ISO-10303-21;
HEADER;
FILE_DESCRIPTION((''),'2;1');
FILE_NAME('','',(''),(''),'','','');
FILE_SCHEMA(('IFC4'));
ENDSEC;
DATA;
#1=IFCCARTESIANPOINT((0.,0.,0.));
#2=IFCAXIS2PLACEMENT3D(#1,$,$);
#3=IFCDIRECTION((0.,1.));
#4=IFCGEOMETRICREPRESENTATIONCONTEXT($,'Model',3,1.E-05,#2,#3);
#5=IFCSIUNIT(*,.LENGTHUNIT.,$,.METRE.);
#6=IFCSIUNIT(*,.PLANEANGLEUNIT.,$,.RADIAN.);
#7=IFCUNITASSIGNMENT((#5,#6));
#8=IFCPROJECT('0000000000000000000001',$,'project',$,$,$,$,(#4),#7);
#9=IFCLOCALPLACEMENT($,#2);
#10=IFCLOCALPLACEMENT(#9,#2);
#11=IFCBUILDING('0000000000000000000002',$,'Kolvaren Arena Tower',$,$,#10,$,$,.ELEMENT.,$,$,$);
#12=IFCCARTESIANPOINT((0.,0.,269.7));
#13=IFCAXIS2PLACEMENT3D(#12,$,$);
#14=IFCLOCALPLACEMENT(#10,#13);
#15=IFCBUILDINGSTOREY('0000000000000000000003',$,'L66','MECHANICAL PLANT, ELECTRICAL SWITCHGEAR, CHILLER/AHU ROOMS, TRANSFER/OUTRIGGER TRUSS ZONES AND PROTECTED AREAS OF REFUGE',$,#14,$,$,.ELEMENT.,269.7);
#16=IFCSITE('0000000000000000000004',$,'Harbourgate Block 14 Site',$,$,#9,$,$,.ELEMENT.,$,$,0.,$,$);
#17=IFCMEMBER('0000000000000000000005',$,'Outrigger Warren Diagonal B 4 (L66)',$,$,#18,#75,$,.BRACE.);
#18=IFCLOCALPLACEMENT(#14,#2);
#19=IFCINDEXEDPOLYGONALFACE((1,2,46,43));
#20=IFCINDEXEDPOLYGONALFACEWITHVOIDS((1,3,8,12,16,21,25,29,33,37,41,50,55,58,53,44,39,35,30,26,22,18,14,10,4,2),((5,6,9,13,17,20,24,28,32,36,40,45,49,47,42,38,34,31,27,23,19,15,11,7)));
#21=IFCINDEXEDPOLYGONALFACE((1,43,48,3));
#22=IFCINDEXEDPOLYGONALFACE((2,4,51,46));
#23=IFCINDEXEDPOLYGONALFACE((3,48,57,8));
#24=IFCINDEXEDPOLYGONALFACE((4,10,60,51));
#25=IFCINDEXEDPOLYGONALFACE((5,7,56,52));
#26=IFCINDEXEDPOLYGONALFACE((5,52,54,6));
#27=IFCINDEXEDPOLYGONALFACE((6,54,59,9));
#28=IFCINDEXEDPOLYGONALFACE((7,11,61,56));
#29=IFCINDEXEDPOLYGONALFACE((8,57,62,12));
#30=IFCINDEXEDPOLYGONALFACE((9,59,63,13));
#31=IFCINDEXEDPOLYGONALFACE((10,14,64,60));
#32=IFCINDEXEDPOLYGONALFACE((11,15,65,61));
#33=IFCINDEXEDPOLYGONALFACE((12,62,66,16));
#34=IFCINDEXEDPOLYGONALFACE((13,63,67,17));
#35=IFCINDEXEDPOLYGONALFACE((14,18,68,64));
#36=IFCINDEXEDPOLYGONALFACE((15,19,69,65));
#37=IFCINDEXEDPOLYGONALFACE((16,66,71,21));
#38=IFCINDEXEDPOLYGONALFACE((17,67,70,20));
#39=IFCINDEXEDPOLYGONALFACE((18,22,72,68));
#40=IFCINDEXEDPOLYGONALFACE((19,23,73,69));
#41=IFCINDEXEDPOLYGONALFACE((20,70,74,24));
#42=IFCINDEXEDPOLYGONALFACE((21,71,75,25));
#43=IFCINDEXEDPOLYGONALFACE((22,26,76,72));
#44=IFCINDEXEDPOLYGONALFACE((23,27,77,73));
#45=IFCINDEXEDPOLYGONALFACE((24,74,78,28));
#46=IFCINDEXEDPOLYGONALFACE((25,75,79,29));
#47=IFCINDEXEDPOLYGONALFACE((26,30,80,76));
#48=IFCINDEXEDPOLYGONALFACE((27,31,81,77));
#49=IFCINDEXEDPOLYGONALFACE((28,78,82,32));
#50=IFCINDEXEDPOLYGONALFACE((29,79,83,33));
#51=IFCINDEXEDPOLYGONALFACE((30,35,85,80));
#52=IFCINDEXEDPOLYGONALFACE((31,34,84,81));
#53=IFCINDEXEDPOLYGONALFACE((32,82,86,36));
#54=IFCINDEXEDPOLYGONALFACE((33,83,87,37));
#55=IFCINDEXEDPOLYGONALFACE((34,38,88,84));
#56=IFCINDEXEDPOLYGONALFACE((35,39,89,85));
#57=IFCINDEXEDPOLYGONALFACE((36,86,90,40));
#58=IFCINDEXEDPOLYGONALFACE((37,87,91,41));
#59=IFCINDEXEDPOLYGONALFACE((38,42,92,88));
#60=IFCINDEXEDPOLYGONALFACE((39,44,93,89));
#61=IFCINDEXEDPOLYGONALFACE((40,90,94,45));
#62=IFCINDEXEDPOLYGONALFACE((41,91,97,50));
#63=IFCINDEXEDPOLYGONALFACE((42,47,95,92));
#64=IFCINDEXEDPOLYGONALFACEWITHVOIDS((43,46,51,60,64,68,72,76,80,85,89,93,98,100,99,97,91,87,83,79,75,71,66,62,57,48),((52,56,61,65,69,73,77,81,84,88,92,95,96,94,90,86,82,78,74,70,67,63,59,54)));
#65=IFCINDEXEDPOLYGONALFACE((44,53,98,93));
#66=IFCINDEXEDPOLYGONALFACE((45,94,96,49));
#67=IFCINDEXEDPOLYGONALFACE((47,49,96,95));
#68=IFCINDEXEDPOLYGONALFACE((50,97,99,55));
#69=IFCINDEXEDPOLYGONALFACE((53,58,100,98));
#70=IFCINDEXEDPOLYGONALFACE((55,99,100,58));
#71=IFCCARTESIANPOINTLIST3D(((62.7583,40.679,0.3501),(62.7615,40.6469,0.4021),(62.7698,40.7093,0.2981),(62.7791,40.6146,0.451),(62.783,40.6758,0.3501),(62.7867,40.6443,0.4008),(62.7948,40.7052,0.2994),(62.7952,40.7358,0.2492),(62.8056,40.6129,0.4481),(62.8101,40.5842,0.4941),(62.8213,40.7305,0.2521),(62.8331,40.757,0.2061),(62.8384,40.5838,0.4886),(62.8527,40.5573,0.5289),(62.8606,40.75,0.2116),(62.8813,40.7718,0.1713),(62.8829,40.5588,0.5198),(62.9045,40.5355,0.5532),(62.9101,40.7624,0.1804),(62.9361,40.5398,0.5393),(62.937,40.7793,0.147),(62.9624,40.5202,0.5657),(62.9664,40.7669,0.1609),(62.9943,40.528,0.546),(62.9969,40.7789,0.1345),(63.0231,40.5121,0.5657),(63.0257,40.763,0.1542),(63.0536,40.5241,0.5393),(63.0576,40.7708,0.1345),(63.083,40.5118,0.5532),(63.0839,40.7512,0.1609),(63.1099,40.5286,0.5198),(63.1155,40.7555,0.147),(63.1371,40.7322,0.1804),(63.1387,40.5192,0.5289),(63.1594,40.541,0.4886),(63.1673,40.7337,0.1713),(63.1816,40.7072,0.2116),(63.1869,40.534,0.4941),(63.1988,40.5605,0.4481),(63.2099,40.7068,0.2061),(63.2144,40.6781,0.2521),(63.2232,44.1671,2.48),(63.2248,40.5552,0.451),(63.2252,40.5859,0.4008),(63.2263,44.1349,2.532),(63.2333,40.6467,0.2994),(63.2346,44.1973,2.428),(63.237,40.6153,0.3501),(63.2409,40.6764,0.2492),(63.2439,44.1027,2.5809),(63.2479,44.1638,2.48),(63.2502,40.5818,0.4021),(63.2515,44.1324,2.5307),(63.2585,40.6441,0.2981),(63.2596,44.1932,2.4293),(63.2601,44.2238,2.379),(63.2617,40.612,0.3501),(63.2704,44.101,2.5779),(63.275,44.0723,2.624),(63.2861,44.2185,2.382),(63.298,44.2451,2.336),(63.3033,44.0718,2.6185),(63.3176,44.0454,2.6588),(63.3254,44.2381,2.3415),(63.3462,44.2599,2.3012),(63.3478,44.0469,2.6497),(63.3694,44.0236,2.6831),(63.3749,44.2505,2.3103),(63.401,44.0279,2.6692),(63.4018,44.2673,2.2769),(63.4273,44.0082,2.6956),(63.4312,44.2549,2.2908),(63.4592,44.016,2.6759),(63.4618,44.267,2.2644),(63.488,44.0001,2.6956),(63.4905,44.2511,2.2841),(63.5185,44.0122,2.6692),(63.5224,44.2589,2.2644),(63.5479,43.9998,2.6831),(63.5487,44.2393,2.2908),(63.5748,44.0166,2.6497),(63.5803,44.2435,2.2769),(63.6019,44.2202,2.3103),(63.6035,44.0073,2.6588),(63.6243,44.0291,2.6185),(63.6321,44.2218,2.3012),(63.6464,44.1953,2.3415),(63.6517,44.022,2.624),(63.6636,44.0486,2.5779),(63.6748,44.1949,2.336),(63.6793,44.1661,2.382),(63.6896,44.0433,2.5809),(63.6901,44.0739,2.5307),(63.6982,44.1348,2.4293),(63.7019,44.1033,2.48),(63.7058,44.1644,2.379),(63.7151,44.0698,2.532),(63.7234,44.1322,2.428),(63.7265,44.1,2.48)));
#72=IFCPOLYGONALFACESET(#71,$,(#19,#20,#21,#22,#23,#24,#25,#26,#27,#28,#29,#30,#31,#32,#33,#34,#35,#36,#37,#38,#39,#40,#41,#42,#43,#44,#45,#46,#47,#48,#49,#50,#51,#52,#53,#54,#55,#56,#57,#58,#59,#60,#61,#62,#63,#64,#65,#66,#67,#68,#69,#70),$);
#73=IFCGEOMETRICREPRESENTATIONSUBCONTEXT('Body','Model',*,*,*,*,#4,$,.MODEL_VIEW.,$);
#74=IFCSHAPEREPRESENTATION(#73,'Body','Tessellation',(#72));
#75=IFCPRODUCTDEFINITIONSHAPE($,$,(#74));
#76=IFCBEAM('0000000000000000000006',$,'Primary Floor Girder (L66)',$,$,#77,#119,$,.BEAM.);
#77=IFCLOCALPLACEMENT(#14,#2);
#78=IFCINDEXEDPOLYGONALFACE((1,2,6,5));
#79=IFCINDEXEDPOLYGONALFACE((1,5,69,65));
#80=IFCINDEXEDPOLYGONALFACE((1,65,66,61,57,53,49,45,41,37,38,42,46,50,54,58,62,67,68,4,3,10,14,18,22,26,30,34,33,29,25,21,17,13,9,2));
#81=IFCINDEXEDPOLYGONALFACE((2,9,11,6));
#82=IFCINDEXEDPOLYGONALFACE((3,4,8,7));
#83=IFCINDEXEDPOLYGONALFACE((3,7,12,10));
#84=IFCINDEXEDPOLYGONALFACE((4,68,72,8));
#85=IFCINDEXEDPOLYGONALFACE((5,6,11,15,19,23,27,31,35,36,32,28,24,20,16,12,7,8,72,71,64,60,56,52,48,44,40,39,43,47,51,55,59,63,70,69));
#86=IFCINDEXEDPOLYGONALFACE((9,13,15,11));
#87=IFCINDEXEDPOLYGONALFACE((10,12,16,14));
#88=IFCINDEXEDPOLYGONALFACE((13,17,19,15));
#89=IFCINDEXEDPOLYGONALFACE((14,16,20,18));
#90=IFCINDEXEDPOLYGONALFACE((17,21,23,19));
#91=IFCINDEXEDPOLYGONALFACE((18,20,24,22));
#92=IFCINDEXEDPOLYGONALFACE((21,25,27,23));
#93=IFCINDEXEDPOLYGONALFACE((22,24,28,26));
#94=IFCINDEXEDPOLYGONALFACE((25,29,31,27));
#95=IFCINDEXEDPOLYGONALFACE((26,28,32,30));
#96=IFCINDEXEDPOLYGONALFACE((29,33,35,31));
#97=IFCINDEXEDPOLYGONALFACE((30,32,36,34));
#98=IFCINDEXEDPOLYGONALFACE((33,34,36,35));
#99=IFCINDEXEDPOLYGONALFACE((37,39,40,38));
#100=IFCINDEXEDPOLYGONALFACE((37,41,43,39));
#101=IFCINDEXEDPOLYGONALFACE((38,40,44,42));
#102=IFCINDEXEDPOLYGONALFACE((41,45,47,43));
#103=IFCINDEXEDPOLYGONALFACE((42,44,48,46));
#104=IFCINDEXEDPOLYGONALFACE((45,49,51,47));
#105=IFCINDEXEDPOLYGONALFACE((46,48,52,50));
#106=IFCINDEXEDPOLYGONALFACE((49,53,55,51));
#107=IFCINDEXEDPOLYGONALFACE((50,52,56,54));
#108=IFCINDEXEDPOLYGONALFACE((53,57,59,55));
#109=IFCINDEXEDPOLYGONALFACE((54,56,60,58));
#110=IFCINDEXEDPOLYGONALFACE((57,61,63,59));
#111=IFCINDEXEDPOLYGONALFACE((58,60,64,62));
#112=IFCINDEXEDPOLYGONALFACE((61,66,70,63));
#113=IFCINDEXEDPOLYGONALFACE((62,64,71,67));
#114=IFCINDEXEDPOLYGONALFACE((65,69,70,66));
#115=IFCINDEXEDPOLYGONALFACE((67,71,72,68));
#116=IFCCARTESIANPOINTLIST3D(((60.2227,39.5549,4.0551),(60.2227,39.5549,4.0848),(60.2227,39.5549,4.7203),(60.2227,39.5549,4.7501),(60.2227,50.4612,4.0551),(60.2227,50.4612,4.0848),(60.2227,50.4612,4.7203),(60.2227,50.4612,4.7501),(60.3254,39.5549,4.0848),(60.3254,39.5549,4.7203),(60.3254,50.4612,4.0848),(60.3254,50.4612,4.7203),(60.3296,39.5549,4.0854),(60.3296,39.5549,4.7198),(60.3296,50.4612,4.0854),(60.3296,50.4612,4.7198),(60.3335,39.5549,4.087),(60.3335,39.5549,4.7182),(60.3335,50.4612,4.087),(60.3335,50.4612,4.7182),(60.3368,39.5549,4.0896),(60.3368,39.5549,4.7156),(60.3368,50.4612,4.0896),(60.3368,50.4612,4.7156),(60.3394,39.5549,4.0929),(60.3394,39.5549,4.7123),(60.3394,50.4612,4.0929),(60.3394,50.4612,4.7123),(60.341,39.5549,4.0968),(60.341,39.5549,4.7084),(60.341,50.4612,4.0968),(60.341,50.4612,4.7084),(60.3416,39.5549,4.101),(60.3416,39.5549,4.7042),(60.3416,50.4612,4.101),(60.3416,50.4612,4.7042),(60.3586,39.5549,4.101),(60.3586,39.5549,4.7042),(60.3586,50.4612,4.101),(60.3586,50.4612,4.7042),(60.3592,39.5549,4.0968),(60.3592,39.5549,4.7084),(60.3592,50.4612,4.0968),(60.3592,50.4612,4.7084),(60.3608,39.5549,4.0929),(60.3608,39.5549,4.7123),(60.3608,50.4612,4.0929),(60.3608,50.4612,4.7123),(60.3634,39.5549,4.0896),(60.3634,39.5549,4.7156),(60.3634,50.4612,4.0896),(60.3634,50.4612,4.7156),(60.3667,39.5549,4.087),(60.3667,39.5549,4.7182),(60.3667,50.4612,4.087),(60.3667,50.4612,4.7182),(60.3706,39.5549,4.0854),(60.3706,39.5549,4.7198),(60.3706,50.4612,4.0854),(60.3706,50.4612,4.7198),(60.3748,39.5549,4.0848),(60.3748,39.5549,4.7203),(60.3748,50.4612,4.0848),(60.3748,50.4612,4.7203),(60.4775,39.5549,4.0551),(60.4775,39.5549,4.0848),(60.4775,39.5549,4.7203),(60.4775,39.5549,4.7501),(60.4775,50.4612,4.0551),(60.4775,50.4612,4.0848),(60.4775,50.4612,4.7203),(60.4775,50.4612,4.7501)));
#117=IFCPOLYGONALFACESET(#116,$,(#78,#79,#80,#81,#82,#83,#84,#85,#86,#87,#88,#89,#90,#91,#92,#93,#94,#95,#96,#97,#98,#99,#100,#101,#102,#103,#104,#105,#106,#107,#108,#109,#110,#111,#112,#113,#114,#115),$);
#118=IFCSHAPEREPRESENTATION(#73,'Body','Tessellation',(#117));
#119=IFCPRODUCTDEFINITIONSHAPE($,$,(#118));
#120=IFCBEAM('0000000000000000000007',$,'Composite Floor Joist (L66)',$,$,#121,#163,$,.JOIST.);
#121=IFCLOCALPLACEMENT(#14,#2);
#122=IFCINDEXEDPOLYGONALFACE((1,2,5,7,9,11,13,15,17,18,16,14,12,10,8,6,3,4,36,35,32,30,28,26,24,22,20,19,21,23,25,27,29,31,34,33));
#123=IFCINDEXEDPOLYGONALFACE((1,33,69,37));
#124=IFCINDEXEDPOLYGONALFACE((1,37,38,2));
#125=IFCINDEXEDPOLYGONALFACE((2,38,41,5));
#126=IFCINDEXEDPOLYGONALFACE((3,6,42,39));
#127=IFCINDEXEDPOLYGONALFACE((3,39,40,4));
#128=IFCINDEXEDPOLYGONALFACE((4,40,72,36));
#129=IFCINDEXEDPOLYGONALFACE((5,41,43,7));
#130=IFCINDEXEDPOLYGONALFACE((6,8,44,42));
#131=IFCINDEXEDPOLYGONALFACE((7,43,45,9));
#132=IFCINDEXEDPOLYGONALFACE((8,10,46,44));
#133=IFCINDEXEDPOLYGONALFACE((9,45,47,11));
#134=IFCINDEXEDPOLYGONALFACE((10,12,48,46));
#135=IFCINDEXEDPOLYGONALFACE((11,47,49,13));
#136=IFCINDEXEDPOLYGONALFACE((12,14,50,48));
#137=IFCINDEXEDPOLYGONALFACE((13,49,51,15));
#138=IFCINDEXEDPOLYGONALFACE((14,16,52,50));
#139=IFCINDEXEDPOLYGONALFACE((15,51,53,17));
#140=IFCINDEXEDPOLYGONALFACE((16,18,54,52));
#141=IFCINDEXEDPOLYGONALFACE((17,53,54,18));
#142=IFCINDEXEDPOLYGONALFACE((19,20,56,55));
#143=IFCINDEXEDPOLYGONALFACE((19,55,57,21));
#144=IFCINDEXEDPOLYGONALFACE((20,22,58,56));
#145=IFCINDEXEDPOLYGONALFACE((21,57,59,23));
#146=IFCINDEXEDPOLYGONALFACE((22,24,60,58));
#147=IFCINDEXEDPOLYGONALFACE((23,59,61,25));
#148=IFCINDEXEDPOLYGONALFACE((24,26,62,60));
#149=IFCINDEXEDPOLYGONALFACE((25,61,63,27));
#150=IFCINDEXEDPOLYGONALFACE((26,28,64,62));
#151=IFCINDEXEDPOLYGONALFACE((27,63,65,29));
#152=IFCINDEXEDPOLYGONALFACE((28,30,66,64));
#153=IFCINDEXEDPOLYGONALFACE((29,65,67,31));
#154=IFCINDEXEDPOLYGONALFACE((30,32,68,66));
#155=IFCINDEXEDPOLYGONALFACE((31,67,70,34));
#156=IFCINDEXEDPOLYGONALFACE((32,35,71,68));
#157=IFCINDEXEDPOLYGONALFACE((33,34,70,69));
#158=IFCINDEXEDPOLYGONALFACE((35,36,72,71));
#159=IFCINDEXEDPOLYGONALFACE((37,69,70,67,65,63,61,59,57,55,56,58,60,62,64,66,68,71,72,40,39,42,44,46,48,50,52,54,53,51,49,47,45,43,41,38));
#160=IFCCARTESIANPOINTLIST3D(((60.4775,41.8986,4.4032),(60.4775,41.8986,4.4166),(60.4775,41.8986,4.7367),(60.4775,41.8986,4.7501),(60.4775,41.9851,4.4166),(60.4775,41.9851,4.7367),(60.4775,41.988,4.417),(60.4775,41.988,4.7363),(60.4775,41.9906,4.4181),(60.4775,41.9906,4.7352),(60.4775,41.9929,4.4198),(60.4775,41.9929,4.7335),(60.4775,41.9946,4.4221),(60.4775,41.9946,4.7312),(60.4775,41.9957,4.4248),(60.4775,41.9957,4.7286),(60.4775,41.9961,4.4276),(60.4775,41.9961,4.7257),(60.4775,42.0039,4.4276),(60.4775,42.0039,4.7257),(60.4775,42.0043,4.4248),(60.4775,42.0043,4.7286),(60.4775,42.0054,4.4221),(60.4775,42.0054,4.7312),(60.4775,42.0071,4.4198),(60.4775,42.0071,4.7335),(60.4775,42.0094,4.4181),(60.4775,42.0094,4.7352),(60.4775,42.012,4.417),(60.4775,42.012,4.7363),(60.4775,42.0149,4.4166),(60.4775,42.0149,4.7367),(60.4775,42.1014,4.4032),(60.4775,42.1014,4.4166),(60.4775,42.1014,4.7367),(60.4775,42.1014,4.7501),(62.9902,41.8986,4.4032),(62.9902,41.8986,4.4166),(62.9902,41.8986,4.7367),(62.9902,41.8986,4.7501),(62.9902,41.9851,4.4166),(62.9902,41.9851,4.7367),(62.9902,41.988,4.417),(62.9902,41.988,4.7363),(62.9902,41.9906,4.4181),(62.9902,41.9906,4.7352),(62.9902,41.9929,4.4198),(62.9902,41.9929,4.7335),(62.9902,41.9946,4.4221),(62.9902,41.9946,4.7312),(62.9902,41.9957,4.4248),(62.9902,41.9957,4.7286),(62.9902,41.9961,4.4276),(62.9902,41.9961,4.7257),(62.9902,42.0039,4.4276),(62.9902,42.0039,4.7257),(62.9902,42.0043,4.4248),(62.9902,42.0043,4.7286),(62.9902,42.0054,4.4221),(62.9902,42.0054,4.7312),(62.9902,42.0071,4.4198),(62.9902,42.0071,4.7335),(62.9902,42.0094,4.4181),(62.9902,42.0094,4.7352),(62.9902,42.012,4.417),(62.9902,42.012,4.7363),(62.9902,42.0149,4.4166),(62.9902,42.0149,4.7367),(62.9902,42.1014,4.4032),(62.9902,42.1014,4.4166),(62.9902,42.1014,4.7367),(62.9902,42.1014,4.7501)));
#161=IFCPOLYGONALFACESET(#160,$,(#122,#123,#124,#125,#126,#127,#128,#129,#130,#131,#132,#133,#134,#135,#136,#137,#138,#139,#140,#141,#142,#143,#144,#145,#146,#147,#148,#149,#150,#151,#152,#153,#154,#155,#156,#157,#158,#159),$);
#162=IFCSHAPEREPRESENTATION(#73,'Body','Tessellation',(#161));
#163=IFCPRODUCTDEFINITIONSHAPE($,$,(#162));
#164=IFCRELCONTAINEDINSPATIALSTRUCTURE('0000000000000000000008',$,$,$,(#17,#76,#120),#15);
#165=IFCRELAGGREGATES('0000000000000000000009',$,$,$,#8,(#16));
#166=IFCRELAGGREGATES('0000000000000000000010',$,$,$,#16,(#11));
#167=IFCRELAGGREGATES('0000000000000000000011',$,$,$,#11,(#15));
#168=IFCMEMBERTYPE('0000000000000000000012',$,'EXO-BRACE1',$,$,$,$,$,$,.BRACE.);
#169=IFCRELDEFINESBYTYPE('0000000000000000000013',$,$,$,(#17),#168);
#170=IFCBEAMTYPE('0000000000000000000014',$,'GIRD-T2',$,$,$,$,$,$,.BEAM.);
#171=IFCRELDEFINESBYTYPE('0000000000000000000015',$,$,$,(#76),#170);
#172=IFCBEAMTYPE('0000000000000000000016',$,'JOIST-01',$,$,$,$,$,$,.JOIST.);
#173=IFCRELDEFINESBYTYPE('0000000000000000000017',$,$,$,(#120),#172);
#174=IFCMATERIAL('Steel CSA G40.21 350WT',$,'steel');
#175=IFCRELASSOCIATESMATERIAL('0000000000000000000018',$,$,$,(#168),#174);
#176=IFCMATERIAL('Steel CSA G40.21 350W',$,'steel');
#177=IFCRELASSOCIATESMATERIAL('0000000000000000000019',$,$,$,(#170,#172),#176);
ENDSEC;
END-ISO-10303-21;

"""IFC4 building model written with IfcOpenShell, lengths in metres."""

from ifc_helpers import new_model, si_unit, direction, frame, origin, origin_2d, place, context, subcontext, project, spatial, hollow_circle, i_section, extrude, material, material_profile, profile_set, type_object, element, save


model = new_model("IFC4")

# Units and contexts
model_context = context("Model", 3, precision=1e-05, world=origin(), true_north=direction((0.0, 1.0)))
body_context = subcontext(model_context, "Body", "Model", "MODEL_VIEW")
ifc_project = project(units=[si_unit("LENGTHUNIT", "METRE"), si_unit("PLANEANGLEUNIT", "RADIAN")], contexts=[model_context])

# Site, building, storey
site_placement = place(None, origin())
site = spatial("IfcSite", under=ifc_project, at=site_placement, Name="Harbourgate Block 14 Site", CompositionType="ELEMENT", RefElevation=0.0)
building_placement = place(site_placement, origin())
building = spatial("IfcBuilding", under=site, at=building_placement, Name="Kolvaren Arena Tower", CompositionType="ELEMENT")
storey_placement = place(building_placement, frame((0.0, 0.0, 269.7)))
storey = spatial("IfcBuildingStorey", under=building, at=storey_placement, Name="L66", Description="MECHANICAL PLANT, ELECTRICAL SWITCHGEAR, CHILLER/AHU ROOMS, TRANSFER/OUTRIGGER TRUSS ZONES AND PROTECTED AREAS OF REFUGE", CompositionType="ELEMENT", Elevation=269.7)

# Shared definitions
ifc_material_1 = material(Name="Steel CSA G40.21 350W", Category="steel")

# Member
ifc_material_2 = material(Name="Steel CSA G40.21 350WT", Category="steel")
ifc_material_profile_1 = material_profile(ifc_material_2, hollow_circle(Radius=0.2539, WallThickness=0.0249, at=origin_2d()), Name="CHS 508x25")
ifc_profile_set_1 = profile_set([ifc_material_profile_1], Name="Steel CSA G40.21 350WT")
member_type_1 = type_object("IfcMemberType", Name="EXO-BRACE1", PredefinedType="BRACE", material=ifc_profile_set_1)
member_1_placement = place(storey_placement, frame((63.01, 40.6455, 0.3501), z_axis=(0.113011, 0.847999, 0.517809), x_axis=(-0.991236, 0.1321, 0.0)))
element("IfcMember", 1, at=member_1_placement, inside=storey, type_object=member_type_1, Name="Outrigger Warren Diagonal B 4 (L66)", PredefinedType="BRACE", context=body_context, shape_type="SweptSolid", body=[
    extrude(hollow_circle(Radius=0.2539, WallThickness=0.0249, at=origin_2d()), origin(), (0.0, 0.0, 1.0), 4.1133),
])

# Beams
ifc_material_profile_2 = material_profile(ifc_material_1, i_section(OverallWidth=0.2549, OverallDepth=0.6951, WebThickness=0.0171, FlangeThickness=0.0298, FilletRadius=0.0161, at=origin_2d()), Name="W690x217")
ifc_profile_set_2 = profile_set([ifc_material_profile_2], Name="Steel CSA G40.21 350W")
beam_type_1 = type_object("IfcBeamType", Name="GIRD-T2", PredefinedType="BEAM", material=ifc_profile_set_2)
beam_1_placement = place(storey_placement, frame((60.3501, 39.5549, 4.4026), z_axis=(0.0, 1.0, 0.0), x_axis=(-1.0, 0.0, 0.0)))
element("IfcBeam", 2, at=beam_1_placement, inside=storey, type_object=beam_type_1, Name="Primary Floor Girder (L66)", PredefinedType="BEAM", context=body_context, shape_type="SweptSolid", body=[
    extrude(i_section(OverallWidth=0.2549, OverallDepth=0.6951, WebThickness=0.0171, FlangeThickness=0.0298, FilletRadius=0.0161, at=origin_2d()), origin(), (0.0, 0.0, 1.0), 10.9062),
])
ifc_material_profile_3 = material_profile(ifc_material_1, i_section(OverallWidth=0.2029, OverallDepth=0.3469, WebThickness=0.0078, FlangeThickness=0.0134, FilletRadius=0.011, at=origin_2d()), Name="W360x64")
ifc_profile_set_3 = profile_set([ifc_material_profile_3], Name="Steel CSA G40.21 350W")
beam_type_2 = type_object("IfcBeamType", Name="JOIST-01", PredefinedType="JOIST", material=ifc_profile_set_3)
beam_2_placement = place(storey_placement, frame((60.4775, 42.0, 4.5767), z_axis=(1.0, 0.0, 0.0), x_axis=(0.0, 1.0, 0.0)))
element("IfcBeam", 3, at=beam_2_placement, inside=storey, type_object=beam_type_2, Name="Composite Floor Joist (L66)", PredefinedType="JOIST", context=body_context, shape_type="SweptSolid", body=[
    extrude(i_section(OverallWidth=0.2029, OverallDepth=0.3469, WebThickness=0.0078, FlangeThickness=0.0134, FilletRadius=0.011, at=origin_2d()), origin(), (0.0, 0.0, 1.0), 2.5127),
])

save(model, "model.ifc")
